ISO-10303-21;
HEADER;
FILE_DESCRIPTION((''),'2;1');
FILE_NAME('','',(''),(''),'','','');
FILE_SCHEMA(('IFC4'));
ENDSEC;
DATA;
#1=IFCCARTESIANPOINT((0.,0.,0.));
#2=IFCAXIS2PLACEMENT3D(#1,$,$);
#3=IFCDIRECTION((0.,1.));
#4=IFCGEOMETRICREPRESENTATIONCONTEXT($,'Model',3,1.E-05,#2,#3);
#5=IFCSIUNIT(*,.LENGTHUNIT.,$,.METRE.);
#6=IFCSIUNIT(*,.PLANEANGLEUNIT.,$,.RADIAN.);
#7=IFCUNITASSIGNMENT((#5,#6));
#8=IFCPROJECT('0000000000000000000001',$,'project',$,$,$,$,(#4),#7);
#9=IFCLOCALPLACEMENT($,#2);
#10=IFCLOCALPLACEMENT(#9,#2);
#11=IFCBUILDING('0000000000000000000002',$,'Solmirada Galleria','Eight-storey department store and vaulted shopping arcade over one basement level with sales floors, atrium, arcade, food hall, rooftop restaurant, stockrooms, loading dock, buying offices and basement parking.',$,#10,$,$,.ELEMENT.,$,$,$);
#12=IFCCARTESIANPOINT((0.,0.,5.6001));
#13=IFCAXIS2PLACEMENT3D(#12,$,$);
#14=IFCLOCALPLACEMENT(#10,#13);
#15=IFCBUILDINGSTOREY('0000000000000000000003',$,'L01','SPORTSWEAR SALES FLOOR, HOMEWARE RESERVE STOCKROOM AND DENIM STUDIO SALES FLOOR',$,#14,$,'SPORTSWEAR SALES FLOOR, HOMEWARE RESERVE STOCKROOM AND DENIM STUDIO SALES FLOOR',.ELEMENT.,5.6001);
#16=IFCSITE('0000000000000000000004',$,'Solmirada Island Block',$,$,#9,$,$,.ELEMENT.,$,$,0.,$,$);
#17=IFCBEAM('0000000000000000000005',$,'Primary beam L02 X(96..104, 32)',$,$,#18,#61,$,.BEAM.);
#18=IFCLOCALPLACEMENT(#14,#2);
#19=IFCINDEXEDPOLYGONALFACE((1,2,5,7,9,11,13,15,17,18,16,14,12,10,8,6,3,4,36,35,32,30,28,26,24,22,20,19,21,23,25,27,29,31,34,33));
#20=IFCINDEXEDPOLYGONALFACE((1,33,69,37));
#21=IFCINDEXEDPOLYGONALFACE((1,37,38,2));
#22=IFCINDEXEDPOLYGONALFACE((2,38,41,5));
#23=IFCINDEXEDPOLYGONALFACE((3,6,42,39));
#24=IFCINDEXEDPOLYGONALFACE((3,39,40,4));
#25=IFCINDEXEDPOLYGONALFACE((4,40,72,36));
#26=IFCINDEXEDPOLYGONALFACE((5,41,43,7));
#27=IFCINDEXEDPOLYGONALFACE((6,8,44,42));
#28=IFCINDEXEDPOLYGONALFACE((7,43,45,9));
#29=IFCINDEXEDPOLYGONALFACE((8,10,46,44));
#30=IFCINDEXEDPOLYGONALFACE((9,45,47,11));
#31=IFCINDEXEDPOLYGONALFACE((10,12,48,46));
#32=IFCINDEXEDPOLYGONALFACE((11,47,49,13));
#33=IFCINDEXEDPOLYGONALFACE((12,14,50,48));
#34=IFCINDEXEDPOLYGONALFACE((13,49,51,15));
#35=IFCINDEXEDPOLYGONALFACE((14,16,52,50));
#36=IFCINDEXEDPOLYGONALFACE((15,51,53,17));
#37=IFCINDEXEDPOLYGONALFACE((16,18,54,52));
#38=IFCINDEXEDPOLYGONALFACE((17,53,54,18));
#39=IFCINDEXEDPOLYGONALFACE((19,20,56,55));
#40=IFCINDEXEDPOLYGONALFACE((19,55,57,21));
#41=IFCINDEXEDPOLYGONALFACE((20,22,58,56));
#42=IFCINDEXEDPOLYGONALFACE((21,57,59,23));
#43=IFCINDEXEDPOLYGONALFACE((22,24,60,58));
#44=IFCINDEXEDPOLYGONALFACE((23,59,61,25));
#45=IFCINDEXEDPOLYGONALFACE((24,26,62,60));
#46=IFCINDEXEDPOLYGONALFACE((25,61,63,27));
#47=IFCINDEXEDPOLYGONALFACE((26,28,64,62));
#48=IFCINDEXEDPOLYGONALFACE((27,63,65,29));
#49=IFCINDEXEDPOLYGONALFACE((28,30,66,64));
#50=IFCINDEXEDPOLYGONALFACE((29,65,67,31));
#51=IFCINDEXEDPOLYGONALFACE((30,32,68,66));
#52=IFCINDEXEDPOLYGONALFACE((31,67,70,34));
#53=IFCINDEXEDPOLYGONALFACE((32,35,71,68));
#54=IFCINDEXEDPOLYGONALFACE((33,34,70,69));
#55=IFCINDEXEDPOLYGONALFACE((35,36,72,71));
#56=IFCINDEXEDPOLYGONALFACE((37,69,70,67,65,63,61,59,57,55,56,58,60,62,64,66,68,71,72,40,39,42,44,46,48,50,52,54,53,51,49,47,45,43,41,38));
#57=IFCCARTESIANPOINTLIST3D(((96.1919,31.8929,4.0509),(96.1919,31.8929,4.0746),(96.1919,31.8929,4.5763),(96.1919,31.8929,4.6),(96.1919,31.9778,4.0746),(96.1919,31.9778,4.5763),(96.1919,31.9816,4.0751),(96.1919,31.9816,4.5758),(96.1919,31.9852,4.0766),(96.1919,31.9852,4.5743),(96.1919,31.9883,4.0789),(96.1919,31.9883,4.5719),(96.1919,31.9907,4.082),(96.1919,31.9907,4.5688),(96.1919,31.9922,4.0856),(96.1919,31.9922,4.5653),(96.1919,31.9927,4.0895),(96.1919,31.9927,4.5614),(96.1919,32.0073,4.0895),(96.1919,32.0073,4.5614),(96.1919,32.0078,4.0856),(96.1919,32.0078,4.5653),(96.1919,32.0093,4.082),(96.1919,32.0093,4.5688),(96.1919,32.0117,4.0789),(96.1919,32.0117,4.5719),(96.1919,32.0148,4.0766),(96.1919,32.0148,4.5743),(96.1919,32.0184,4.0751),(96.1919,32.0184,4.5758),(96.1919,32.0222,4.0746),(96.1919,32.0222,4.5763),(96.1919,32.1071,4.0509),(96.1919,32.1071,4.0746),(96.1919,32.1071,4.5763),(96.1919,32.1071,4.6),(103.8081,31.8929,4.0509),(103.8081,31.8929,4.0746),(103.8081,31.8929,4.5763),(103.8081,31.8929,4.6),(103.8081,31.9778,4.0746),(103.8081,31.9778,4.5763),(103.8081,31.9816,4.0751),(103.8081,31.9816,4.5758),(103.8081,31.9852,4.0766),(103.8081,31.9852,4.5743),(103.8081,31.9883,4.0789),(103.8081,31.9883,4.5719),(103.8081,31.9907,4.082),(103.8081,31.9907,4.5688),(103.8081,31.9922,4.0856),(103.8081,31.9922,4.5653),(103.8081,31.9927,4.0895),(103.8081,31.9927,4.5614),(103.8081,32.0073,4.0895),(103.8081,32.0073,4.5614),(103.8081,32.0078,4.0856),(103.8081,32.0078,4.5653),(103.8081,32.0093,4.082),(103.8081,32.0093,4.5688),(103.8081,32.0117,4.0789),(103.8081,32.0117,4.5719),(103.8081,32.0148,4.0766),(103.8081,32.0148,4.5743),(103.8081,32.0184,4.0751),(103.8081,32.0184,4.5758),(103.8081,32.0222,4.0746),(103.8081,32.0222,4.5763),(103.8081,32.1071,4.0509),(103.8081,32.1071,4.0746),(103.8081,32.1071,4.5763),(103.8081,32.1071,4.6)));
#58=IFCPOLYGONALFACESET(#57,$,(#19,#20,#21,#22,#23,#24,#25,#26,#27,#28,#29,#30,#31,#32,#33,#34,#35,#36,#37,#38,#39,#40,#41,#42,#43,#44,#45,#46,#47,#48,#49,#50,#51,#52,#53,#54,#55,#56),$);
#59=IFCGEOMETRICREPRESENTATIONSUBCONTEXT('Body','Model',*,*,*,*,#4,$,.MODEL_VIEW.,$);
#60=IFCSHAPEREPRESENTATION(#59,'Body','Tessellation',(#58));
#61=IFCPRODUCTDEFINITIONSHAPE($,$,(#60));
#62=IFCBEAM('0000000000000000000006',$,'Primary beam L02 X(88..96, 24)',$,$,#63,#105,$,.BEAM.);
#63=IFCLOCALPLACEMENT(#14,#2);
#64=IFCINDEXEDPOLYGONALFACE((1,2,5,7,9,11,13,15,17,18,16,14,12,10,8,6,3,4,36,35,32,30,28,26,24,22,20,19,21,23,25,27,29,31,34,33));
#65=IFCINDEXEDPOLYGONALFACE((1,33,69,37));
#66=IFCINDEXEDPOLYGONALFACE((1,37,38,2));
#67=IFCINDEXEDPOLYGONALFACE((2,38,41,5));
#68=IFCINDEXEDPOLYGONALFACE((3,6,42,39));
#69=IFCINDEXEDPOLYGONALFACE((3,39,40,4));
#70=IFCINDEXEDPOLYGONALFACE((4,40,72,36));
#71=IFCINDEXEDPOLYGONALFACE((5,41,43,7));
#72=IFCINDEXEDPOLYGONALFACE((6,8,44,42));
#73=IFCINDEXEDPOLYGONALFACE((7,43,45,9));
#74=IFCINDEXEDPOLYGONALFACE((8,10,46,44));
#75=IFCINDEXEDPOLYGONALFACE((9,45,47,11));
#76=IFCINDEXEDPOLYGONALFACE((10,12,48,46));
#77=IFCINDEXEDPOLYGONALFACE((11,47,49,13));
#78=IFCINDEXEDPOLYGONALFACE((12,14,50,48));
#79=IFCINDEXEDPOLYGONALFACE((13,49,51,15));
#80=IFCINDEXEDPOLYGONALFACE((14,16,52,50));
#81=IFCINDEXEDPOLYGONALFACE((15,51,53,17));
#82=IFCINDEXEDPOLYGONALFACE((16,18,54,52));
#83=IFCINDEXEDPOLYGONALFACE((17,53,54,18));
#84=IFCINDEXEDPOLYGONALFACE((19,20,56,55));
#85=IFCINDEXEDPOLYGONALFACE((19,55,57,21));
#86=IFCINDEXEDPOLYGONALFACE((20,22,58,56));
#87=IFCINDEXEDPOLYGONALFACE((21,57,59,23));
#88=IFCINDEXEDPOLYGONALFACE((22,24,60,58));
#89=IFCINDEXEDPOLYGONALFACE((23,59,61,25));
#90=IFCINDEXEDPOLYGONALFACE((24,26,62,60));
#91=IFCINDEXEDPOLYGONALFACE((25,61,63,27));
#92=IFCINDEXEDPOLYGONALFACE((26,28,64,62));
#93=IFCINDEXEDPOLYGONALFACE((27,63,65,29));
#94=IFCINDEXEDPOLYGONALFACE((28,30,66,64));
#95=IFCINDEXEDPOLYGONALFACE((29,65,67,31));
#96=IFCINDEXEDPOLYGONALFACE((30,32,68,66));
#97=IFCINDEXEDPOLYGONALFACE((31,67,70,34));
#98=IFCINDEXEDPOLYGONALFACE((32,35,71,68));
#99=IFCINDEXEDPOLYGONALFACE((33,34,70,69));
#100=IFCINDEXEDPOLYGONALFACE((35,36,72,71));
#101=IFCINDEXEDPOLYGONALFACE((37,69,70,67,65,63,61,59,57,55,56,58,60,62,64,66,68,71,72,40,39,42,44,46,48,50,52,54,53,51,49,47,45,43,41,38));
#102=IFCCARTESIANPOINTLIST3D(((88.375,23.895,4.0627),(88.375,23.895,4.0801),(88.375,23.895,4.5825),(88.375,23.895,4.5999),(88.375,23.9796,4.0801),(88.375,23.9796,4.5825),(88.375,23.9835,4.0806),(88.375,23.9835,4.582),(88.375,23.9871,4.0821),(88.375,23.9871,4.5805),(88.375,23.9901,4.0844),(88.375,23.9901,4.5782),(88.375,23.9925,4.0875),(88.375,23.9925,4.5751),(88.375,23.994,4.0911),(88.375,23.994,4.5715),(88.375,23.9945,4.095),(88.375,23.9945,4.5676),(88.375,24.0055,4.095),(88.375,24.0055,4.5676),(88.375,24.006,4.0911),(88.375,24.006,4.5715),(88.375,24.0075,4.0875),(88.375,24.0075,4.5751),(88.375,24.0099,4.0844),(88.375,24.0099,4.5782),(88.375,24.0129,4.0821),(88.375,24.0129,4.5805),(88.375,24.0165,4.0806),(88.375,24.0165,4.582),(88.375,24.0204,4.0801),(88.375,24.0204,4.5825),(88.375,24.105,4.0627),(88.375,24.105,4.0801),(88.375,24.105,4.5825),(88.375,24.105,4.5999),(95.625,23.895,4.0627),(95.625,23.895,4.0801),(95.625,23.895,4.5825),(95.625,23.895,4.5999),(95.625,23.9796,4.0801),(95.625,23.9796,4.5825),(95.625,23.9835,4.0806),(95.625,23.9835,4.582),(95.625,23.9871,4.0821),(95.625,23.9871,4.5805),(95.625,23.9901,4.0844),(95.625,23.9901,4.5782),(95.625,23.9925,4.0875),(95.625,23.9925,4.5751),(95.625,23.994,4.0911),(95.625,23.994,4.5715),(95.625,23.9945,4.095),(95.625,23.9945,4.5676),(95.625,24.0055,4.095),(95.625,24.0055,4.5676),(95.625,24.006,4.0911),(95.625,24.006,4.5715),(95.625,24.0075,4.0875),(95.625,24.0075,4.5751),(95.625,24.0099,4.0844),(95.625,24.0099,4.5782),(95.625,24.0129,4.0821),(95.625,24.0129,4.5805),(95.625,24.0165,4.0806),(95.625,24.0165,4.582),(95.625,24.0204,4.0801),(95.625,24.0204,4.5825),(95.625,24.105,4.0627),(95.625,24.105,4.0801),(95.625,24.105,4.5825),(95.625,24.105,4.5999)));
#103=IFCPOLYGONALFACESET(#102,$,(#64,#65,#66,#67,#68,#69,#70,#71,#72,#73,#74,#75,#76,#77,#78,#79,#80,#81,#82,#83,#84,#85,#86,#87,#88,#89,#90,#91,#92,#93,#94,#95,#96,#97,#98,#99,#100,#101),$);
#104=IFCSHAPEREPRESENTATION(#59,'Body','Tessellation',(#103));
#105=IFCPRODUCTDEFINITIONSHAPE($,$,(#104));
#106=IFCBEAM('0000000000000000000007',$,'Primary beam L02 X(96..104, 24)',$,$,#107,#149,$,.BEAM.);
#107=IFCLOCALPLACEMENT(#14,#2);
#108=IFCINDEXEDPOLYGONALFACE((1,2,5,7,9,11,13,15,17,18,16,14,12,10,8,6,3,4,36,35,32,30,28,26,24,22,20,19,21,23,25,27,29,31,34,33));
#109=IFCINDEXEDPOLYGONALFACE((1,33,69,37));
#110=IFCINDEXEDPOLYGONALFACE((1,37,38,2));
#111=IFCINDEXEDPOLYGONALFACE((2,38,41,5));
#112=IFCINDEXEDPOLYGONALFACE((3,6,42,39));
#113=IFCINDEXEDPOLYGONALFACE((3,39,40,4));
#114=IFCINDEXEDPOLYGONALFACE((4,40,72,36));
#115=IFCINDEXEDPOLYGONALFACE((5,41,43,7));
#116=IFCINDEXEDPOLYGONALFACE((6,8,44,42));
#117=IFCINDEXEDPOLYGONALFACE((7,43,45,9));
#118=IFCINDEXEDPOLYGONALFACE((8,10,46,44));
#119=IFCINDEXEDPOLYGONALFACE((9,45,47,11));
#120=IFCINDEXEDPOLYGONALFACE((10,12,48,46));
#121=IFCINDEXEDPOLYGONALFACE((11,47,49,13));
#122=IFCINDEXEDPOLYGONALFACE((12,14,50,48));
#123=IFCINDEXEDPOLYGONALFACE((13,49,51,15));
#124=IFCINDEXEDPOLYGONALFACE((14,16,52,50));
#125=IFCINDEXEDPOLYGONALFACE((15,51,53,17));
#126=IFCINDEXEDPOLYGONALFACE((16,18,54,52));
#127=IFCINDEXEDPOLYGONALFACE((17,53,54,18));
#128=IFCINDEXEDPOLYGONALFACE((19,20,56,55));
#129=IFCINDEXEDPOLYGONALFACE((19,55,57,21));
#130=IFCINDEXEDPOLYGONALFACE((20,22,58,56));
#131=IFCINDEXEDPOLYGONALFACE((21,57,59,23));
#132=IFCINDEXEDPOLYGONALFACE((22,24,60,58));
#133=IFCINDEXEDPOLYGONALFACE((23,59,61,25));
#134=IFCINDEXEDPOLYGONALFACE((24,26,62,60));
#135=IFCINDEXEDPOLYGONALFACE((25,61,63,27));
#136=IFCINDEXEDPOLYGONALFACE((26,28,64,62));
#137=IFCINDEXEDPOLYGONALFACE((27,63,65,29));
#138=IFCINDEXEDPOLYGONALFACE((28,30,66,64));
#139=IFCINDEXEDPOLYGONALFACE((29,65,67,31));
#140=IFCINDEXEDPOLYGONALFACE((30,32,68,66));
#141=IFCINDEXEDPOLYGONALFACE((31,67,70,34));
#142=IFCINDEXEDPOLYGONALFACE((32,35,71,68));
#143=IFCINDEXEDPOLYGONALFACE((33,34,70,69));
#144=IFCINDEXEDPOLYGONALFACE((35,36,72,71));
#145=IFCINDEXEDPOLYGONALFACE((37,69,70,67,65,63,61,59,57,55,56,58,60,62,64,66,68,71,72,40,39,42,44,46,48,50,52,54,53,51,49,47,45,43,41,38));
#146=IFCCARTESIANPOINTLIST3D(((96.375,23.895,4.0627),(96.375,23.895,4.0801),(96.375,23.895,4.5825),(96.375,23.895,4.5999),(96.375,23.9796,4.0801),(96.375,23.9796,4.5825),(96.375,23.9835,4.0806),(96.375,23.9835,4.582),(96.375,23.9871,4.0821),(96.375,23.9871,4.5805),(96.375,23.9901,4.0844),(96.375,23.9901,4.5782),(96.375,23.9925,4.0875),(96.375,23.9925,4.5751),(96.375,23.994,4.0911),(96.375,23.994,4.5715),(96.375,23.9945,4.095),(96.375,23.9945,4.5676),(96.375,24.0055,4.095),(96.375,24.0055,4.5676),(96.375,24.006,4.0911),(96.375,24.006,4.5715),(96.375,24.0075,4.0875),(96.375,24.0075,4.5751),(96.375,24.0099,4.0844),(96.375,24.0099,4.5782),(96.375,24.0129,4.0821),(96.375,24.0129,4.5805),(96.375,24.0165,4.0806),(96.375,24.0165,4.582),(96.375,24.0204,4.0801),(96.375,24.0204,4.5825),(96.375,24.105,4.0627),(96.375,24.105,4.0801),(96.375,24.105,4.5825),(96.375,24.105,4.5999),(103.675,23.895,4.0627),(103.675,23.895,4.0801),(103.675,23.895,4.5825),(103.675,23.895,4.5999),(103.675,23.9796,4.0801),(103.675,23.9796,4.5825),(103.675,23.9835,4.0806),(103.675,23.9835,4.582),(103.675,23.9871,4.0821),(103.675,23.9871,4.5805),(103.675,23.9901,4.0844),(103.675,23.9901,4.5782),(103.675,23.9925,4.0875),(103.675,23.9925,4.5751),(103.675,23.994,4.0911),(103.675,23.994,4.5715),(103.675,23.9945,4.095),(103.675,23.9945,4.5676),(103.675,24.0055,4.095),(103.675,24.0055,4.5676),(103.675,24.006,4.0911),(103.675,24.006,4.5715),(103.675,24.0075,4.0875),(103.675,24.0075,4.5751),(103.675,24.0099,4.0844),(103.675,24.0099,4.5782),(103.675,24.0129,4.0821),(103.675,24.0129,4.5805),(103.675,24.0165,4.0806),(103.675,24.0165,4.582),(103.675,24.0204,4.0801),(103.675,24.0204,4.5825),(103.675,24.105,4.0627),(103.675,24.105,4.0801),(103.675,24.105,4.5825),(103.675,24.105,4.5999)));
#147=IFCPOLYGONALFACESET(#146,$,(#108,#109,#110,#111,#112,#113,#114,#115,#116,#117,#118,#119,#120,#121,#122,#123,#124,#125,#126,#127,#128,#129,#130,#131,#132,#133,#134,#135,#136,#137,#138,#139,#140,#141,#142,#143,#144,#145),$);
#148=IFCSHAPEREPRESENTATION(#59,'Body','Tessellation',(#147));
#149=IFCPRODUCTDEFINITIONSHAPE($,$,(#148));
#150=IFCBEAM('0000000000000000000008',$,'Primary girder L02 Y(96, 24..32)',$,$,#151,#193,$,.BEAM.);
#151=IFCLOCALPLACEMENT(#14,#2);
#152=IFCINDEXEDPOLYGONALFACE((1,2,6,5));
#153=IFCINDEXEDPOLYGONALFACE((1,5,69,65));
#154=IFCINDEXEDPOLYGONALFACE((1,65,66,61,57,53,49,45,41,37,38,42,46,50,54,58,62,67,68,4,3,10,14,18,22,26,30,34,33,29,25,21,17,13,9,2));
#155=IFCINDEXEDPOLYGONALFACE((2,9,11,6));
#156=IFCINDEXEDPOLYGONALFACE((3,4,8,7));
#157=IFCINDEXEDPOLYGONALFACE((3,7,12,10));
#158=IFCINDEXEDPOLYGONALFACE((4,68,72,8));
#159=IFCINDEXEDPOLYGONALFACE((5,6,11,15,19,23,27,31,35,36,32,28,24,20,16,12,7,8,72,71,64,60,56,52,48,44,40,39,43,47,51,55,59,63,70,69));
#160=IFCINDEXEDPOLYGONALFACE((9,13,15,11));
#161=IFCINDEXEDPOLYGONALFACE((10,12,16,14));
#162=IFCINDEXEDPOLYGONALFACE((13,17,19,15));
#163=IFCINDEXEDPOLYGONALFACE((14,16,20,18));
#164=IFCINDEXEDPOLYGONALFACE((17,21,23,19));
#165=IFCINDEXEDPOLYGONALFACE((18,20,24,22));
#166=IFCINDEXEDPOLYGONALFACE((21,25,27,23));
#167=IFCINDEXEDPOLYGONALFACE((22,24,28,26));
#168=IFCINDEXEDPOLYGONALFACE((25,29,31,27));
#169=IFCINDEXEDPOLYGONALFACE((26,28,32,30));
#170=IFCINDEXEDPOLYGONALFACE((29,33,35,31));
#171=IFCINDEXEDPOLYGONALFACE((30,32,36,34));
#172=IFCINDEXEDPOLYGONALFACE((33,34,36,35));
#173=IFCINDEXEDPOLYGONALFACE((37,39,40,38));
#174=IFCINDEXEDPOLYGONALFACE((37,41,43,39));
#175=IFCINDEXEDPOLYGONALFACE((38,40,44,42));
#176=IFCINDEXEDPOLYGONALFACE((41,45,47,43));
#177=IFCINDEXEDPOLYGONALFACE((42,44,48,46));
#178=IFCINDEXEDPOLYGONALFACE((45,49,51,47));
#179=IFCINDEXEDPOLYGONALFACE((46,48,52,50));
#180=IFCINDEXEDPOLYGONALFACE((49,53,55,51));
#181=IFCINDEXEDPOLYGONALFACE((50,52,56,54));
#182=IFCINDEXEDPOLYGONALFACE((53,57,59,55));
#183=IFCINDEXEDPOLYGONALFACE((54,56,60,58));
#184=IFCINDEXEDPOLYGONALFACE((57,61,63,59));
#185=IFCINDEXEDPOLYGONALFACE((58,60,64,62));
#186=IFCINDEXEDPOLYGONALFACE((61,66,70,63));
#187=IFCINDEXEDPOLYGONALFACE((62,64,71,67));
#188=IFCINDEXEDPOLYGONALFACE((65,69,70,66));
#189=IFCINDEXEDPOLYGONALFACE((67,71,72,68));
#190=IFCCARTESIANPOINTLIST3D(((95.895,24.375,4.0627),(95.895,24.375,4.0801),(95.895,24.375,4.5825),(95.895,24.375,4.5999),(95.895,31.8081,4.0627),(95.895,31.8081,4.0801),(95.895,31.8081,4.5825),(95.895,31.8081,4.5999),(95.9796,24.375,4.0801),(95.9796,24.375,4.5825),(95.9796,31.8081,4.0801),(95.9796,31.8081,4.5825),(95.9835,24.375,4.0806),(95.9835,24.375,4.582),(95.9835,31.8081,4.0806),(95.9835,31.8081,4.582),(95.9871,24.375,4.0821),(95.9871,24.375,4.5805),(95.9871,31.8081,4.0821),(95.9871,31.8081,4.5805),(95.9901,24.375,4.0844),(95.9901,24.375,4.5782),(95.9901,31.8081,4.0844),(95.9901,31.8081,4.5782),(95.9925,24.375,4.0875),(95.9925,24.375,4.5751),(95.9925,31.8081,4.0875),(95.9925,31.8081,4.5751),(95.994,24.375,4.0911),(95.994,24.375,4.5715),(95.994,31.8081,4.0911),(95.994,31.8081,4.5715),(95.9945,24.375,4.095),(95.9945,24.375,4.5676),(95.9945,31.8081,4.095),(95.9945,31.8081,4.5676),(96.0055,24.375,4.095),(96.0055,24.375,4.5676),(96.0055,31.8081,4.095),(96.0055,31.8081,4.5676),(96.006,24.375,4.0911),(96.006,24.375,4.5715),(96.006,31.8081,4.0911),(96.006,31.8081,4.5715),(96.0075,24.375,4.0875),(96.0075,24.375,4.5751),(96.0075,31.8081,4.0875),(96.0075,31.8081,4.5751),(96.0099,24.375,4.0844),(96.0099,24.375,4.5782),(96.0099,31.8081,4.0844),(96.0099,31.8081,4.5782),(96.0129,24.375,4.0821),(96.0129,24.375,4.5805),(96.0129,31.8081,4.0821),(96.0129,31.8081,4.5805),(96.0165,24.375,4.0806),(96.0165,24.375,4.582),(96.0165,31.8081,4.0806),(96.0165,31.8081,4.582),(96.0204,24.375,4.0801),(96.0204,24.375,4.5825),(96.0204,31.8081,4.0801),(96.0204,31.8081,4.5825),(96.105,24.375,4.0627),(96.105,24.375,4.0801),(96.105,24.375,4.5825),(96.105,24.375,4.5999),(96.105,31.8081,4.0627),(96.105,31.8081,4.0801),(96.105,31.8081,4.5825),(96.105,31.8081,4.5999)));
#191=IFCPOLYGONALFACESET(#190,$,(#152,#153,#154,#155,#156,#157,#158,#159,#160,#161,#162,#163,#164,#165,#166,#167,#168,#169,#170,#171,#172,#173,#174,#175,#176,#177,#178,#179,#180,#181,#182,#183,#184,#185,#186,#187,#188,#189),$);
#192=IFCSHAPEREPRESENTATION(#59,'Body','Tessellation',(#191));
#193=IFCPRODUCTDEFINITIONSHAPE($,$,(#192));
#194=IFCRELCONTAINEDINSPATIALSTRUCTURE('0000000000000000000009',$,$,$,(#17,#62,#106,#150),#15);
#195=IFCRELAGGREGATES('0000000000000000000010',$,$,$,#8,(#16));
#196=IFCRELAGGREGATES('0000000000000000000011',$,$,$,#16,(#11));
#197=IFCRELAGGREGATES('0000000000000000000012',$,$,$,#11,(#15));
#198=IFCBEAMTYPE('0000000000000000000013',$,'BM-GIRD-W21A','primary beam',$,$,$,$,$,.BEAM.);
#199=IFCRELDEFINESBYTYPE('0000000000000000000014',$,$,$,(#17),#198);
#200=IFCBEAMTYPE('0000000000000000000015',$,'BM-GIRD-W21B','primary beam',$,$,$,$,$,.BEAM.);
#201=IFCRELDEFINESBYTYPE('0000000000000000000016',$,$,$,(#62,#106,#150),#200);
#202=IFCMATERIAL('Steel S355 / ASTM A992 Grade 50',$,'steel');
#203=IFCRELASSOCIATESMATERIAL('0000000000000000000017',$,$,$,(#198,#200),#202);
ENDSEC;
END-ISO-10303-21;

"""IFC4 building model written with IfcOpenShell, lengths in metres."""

from ifc_helpers import new_model, si_unit, direction, frame, origin, origin_2d, place, context, subcontext, project, spatial, i_section, extrude, material, material_profile, profile_set, type_object, element, save


model = new_model("IFC4")

# Units and contexts
model_context = context("Model", 3, precision=1e-05, world=origin(), true_north=direction((0.0, 1.0)))
body_context = subcontext(model_context, "Body", "Model", "MODEL_VIEW")
ifc_project = project(units=[si_unit("LENGTHUNIT", "METRE"), si_unit("PLANEANGLEUNIT", "RADIAN")], contexts=[model_context])

# Site, building, storey
site_placement = place(None, origin())
site = spatial("IfcSite", under=ifc_project, at=site_placement, Name="Solmirada Island Block", CompositionType="ELEMENT", RefElevation=0.0)
building_placement = place(site_placement, origin())
building = spatial("IfcBuilding", under=site, at=building_placement, Name="Solmirada Galleria", Description="Eight-storey department store and vaulted shopping arcade over one basement level with sales floors, atrium, arcade, food hall, rooftop restaurant, stockrooms, loading dock, buying offices and basement parking.", CompositionType="ELEMENT")
storey_placement = place(building_placement, frame((0.0, 0.0, 5.6001)))
storey = spatial("IfcBuildingStorey", under=building, at=storey_placement, Name="L01", Description="SPORTSWEAR SALES FLOOR, HOMEWARE RESERVE STOCKROOM AND DENIM STUDIO SALES FLOOR", LongName="SPORTSWEAR SALES FLOOR, HOMEWARE RESERVE STOCKROOM AND DENIM STUDIO SALES FLOOR", CompositionType="ELEMENT", Elevation=5.6001)

# Beams
ifc_material_1 = material(Name="Steel S355 / ASTM A992 Grade 50", Category="steel")
ifc_material_profile_1 = material_profile(ifc_material_1, i_section(OverallWidth=0.2141, OverallDepth=0.5491, WebThickness=0.0146, FlangeThickness=0.0237, FilletRadius=0.0149, at=origin_2d()), Name="W21X93")
ifc_profile_set_1 = profile_set([ifc_material_profile_1], Name="Steel S355 / ASTM A992 Grade 50")
beam_type_1 = type_object("IfcBeamType", Name="BM-GIRD-W21A", Description="primary beam", PredefinedType="BEAM", material=ifc_profile_set_1)
for number, where, z_axis, x_axis, name in (
    (1, (96.1919, 32.0, 4.3254), (1.0, 0.0, 0.0), (0.0, 1.0, 0.0), "Primary beam L02 X(96..104, 32)"),
):
    element("IfcBeam", number, at=place(storey_placement, frame(where, z_axis=z_axis, x_axis=x_axis)), inside=storey, type_object=beam_type_1, Name=name, PredefinedType="BEAM", context=body_context, shape_type="SweptSolid", body=[
        extrude(i_section(OverallWidth=0.2141, OverallDepth=0.5491, WebThickness=0.0146, FlangeThickness=0.0237, FilletRadius=0.0149, at=origin_2d()), origin(), (0.0, 0.0, 1.0), 7.6162),
    ])
ifc_material_profile_2 = material_profile(ifc_material_1, i_section(OverallWidth=0.21, OverallDepth=0.5371, WebThickness=0.011, FlangeThickness=0.0173, FilletRadius=0.0149, at=origin_2d()), Name="W21X68")
ifc_profile_set_2 = profile_set([ifc_material_profile_2], Name="Steel S355 / ASTM A992 Grade 50")
beam_type_2 = type_object("IfcBeamType", Name="BM-GIRD-W21B", Description="primary beam", PredefinedType="BEAM", material=ifc_profile_set_2)
beam_1_placement = place(storey_placement, frame((88.375, 24.0, 4.3313), z_axis=(1.0, 0.0, 0.0), x_axis=(0.0, 1.0, 0.0)))
element("IfcBeam", 2, at=beam_1_placement, inside=storey, type_object=beam_type_2, Name="Primary beam L02 X(88..96, 24)", PredefinedType="BEAM", context=body_context, shape_type="SweptSolid", body=[
    extrude(i_section(OverallWidth=0.21, OverallDepth=0.5371, WebThickness=0.011, FlangeThickness=0.0173, FilletRadius=0.0149, at=origin_2d()), origin(), (0.0, 0.0, 1.0), 7.25),
])
beam_2_placement = place(storey_placement, frame((96.375, 24.0, 4.3313), z_axis=(1.0, 0.0, 0.0), x_axis=(0.0, 1.0, 0.0)))
element("IfcBeam", 3, at=beam_2_placement, inside=storey, type_object=beam_type_2, Name="Primary beam L02 X(96..104, 24)", PredefinedType="BEAM", context=body_context, shape_type="SweptSolid", body=[
    extrude(i_section(OverallWidth=0.21, OverallDepth=0.5371, WebThickness=0.011, FlangeThickness=0.0173, FilletRadius=0.0149, at=origin_2d()), origin(), (0.0, 0.0, 1.0), 7.3),
])
for number, where, z_axis, x_axis, name in (
    (4, (96.0, 24.375, 4.3313), (0.0, 1.0, 0.0), (-1.0, 0.0, 0.0), "Primary girder L02 Y(96, 24..32)"),
):
    element("IfcBeam", number, at=place(storey_placement, frame(where, z_axis=z_axis, x_axis=x_axis)), inside=storey, type_object=beam_type_2, Name=name, PredefinedType="BEAM", context=body_context, shape_type="SweptSolid", body=[
        extrude(i_section(OverallWidth=0.21, OverallDepth=0.5371, WebThickness=0.011, FlangeThickness=0.0173, FilletRadius=0.0149, at=origin_2d()), origin(), (0.0, 0.0, 1.0), 7.4331),
    ])

save(model, "model.ifc")
